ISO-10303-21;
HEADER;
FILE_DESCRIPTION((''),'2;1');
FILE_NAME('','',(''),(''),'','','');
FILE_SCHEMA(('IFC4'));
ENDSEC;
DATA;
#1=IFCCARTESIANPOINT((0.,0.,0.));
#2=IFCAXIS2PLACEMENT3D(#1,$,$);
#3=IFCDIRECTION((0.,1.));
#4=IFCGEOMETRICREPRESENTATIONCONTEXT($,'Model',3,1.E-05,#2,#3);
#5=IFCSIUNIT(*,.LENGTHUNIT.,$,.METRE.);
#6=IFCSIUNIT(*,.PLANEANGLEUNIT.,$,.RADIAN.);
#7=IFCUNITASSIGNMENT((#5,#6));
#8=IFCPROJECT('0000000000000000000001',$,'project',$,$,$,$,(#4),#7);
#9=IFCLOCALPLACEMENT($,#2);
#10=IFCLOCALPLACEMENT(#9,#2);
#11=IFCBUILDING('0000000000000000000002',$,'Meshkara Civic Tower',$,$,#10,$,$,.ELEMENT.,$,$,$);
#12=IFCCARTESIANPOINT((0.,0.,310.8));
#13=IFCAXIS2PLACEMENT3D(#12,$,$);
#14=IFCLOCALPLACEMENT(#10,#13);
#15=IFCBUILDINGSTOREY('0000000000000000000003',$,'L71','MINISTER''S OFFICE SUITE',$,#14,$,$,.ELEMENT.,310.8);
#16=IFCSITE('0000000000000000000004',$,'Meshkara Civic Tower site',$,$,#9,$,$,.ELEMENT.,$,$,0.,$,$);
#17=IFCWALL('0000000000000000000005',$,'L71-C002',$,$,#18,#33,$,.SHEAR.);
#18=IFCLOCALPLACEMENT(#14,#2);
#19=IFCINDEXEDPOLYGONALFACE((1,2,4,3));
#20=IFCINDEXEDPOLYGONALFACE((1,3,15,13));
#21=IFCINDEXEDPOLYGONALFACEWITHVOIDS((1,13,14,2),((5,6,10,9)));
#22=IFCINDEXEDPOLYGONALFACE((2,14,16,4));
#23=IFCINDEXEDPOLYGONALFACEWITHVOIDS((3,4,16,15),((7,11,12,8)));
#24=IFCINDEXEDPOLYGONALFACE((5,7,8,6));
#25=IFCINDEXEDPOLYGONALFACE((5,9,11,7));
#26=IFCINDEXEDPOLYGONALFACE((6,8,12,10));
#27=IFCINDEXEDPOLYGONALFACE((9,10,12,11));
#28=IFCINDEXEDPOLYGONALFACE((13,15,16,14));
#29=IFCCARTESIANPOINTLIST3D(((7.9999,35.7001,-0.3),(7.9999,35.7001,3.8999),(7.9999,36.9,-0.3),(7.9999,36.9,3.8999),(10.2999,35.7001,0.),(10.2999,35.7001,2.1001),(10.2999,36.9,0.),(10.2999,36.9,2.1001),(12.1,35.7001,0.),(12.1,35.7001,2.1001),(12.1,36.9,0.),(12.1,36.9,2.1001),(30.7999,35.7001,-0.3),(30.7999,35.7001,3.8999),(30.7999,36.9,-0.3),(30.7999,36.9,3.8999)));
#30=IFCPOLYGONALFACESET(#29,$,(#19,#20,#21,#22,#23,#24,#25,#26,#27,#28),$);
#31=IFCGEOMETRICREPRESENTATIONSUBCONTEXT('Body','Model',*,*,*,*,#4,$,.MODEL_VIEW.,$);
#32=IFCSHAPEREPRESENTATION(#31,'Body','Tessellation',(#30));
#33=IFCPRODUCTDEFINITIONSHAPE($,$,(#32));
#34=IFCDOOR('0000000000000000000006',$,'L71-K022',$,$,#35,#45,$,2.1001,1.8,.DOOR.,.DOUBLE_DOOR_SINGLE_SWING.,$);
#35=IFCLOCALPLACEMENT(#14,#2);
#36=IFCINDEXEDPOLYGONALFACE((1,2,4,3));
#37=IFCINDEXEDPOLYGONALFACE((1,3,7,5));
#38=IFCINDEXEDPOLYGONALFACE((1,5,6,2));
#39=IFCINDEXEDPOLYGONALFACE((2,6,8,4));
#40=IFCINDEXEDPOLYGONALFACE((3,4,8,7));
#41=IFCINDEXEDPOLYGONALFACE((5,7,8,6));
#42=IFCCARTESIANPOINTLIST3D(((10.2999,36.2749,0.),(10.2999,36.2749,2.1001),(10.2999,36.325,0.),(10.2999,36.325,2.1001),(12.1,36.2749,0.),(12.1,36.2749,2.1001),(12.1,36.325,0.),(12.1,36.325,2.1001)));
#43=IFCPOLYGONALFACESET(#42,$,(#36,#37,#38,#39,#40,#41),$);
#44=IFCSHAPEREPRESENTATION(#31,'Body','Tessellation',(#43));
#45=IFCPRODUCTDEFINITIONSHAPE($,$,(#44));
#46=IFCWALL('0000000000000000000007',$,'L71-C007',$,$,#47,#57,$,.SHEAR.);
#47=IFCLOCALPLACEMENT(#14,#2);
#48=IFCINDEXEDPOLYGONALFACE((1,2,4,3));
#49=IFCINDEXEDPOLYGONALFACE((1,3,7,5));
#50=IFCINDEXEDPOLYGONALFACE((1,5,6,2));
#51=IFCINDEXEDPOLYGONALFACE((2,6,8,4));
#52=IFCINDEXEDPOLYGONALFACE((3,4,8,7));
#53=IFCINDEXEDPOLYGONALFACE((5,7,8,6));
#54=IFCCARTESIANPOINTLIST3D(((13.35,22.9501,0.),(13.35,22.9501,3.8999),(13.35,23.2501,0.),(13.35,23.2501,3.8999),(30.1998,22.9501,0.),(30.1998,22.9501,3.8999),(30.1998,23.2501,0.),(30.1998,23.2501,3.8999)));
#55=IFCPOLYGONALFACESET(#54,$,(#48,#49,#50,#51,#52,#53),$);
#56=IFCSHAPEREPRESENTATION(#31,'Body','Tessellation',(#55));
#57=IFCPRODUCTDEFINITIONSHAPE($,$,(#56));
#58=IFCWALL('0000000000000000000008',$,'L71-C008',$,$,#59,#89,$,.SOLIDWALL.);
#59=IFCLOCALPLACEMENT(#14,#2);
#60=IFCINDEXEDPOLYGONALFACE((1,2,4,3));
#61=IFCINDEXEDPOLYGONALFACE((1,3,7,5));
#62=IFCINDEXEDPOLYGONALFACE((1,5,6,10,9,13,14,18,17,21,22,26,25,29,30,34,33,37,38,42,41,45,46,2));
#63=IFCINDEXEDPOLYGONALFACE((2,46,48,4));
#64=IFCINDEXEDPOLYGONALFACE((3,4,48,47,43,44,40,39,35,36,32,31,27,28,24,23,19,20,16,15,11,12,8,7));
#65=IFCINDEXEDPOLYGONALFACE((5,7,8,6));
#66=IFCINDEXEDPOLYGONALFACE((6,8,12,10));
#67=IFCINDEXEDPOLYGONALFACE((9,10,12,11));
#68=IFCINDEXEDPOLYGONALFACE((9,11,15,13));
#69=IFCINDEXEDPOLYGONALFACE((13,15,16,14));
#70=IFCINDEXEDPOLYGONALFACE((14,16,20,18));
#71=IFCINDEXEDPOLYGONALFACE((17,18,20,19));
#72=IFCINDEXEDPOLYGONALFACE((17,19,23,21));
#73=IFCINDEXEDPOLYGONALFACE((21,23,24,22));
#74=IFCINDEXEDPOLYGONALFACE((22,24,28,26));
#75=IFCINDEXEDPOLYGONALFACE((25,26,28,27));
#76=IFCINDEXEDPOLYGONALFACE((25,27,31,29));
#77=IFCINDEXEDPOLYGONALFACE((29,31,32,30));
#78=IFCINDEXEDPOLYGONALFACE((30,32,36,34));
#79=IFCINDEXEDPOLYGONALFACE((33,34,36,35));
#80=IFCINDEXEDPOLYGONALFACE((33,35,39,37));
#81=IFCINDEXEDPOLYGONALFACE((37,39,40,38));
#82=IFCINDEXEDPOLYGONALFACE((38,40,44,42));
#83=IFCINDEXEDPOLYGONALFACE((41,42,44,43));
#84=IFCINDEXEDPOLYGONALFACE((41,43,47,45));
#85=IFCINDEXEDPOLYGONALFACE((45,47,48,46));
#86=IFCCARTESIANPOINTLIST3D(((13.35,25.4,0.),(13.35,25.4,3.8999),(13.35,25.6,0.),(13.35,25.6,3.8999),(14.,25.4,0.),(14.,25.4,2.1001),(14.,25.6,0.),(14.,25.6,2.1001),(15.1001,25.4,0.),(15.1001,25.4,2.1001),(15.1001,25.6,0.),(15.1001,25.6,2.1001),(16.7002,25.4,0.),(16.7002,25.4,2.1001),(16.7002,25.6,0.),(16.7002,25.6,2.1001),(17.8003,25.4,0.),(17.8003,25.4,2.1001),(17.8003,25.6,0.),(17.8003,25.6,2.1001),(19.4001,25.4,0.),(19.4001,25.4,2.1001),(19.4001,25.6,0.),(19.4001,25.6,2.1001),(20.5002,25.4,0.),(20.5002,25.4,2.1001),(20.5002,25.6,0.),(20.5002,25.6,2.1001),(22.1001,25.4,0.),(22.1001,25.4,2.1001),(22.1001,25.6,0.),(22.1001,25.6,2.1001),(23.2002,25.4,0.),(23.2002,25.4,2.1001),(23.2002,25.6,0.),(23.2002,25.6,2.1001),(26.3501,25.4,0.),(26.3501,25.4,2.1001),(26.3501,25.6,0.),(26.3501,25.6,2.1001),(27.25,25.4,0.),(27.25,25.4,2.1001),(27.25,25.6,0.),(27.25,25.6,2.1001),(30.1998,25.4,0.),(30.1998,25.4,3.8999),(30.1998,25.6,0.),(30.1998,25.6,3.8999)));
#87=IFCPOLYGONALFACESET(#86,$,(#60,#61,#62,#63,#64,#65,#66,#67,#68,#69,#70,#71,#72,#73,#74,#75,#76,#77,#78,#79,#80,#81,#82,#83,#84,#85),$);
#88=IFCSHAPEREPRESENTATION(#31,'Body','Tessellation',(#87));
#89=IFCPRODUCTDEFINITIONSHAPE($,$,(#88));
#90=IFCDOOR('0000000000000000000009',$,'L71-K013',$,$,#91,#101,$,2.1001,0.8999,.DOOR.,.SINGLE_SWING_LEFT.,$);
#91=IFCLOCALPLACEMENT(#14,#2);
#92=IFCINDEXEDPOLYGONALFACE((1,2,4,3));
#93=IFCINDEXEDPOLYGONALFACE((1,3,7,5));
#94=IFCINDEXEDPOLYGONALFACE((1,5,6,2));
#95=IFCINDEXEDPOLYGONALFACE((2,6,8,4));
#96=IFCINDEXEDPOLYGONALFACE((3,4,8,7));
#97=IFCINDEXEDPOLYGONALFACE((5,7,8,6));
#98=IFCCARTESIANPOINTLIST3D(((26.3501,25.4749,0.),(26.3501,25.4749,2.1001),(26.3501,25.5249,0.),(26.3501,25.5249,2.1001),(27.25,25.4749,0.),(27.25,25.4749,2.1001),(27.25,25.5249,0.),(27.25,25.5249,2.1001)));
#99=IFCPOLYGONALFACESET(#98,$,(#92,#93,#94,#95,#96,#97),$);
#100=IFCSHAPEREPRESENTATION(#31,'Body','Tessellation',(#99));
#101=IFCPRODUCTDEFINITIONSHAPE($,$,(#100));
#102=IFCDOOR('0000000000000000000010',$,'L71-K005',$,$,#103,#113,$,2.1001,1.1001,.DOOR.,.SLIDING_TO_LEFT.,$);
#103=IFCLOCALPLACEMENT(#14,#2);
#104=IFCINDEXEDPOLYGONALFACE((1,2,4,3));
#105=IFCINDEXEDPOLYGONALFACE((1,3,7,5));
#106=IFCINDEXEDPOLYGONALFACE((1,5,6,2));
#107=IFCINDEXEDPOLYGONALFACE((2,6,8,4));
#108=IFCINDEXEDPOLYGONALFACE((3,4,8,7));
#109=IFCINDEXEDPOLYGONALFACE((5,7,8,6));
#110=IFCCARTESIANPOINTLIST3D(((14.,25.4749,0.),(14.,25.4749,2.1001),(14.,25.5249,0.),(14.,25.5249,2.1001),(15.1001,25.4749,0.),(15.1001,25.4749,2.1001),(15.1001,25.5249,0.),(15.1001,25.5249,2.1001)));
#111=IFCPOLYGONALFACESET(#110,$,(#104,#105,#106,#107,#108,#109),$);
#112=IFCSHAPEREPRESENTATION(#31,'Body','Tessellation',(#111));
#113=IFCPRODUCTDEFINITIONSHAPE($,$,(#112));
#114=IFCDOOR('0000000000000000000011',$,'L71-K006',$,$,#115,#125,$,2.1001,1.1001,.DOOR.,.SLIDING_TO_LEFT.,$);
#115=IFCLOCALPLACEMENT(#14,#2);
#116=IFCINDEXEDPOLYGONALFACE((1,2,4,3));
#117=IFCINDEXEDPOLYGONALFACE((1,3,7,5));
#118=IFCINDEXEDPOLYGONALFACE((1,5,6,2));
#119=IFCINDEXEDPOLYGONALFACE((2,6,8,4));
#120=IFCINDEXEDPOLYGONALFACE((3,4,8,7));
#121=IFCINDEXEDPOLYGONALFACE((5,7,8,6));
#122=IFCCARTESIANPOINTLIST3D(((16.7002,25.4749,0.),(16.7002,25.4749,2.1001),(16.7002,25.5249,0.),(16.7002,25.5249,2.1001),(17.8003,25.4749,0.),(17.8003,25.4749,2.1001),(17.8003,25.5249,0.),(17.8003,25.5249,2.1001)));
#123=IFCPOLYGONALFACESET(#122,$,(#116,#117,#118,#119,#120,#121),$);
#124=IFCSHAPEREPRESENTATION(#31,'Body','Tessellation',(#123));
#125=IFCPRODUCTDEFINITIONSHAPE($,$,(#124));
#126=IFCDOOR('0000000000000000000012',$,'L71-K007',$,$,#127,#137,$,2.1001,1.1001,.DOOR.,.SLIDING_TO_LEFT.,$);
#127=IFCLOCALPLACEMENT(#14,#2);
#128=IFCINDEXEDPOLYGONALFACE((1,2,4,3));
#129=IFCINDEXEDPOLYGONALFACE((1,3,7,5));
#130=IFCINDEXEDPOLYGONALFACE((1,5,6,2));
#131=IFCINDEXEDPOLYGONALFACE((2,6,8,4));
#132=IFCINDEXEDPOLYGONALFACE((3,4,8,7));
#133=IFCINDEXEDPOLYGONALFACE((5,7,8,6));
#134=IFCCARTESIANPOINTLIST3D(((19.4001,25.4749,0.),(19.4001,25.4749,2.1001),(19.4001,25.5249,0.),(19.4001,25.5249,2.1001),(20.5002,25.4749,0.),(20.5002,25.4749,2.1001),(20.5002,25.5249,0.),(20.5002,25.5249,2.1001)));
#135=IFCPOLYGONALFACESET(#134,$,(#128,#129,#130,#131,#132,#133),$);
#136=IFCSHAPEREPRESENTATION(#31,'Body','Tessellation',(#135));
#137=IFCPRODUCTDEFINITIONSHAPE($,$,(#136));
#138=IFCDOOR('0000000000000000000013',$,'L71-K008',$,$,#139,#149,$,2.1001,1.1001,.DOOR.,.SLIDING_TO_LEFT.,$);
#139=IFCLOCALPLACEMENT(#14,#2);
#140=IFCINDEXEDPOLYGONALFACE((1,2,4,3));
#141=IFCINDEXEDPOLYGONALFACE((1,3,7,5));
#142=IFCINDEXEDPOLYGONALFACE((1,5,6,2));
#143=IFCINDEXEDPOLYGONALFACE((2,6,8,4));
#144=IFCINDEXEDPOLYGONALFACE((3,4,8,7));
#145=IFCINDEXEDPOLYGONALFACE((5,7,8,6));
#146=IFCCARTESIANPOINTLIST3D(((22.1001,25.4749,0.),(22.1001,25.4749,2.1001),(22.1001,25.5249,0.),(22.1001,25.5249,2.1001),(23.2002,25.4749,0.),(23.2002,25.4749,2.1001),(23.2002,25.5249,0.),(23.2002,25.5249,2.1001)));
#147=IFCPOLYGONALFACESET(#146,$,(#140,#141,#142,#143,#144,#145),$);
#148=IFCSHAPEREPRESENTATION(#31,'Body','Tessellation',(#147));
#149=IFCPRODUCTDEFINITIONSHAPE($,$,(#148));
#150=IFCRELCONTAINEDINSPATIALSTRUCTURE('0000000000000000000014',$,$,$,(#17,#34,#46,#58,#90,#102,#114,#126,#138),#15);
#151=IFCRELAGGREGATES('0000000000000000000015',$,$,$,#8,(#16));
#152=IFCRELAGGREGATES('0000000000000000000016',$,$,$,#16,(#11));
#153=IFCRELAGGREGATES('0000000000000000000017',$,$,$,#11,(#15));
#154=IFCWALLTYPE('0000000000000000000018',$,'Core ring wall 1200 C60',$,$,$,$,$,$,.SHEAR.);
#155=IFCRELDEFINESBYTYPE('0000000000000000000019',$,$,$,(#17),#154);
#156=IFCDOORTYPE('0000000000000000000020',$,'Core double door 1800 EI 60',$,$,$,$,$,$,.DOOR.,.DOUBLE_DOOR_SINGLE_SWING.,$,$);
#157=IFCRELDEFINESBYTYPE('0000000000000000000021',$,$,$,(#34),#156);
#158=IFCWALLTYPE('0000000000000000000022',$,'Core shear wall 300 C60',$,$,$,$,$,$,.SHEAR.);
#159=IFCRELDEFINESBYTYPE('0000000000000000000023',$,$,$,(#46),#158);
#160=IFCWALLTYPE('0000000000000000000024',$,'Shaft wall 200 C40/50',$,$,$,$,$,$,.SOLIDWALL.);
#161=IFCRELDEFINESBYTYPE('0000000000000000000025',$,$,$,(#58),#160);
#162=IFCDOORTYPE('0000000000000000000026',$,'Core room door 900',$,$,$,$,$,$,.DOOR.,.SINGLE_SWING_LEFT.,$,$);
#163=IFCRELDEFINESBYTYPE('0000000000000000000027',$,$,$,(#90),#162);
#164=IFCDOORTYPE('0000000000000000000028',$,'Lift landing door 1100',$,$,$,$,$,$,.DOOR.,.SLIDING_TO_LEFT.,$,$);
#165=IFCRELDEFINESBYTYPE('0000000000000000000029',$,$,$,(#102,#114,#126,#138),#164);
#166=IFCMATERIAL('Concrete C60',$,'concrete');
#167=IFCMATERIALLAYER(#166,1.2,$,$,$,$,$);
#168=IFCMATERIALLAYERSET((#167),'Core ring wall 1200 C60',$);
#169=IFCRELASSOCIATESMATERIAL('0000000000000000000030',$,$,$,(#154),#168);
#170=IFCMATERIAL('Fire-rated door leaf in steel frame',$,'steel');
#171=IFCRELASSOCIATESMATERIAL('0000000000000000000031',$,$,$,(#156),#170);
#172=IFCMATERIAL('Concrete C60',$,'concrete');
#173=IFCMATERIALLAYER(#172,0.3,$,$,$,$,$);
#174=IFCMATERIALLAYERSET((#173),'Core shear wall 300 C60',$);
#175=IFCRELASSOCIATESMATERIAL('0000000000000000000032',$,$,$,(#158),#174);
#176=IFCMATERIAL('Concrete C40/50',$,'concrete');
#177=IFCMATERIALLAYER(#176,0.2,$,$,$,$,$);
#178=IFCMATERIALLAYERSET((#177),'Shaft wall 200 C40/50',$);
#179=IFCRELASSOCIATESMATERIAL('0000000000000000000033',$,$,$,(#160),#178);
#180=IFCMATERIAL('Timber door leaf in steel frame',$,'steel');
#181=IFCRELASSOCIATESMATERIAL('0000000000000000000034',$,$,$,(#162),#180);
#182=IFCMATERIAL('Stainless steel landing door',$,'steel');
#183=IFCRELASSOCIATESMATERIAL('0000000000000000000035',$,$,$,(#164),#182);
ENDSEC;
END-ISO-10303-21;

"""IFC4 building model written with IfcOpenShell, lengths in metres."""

from ifc_helpers import new_model, si_unit, direction, frame, frame_2d, origin, place, context, subcontext, project, spatial, rectangle, extrude, material, layer, layer_set, type_object, element, fill, save


model = new_model("IFC4")

# Units and contexts
model_context = context("Model", 3, precision=1e-05, world=origin(), true_north=direction((0.0, 1.0)))
body_context = subcontext(model_context, "Body", "Model", "MODEL_VIEW")
ifc_project = project(units=[si_unit("LENGTHUNIT", "METRE"), si_unit("PLANEANGLEUNIT", "RADIAN")], contexts=[model_context])

# Site, building, storey
site_placement = place(None, origin())
site = spatial("IfcSite", under=ifc_project, at=site_placement, Name="Meshkara Civic Tower site", CompositionType="ELEMENT", RefElevation=0.0)
building_placement = place(site_placement, origin())
building = spatial("IfcBuilding", under=site, at=building_placement, Name="Meshkara Civic Tower", CompositionType="ELEMENT")
storey_placement = place(building_placement, frame((0.0, 0.0, 310.8)))
storey = spatial("IfcBuildingStorey", under=building, at=storey_placement, Name="L71", Description="MINISTER'S OFFICE SUITE", CompositionType="ELEMENT", Elevation=310.8)

# Wall, opening, door
ifc_material_1 = material(Name="Concrete C60", Category="concrete")
ifc_layer_1 = layer(ifc_material_1, 1.2)
ifc_layer_set_1 = layer_set([ifc_layer_1], Name="Core ring wall 1200 C60")
wall_type_1 = type_object("IfcWallType", Name="Core ring wall 1200 C60", PredefinedType="SHEAR", material=ifc_layer_set_1)
wall_1_placement = place(storey_placement, frame((8.0, 36.3, -0.3), z_axis=(0.0, 0.0, 1.0), x_axis=(1.0, 0.0, 0.0)))
wall_1 = element("IfcWall", 1, at=wall_1_placement, inside=storey, type_object=wall_type_1, Name="L71-C002", PredefinedType="SHEAR", context=body_context, shape_type="SweptSolid", body=[
    extrude(rectangle(XDim=22.8, YDim=1.2, at=frame_2d((11.3999, 0.0))), origin(), (0.0, 0.0, 1.0), 4.2),
])
opening_1_placement = place(wall_1_placement, frame((2.3, 0.0, 0.3)))
opening_1 = element("IfcOpeningElement", 2, at=opening_1_placement, cuts=wall_1, PredefinedType="OPENING", context=body_context, shape_type="SweptSolid", body=[
    extrude(rectangle(XDim=1.8, YDim=2.1001, at=frame_2d((0.8999, 1.05))), frame((0.0, 0.6099, 0.0), z_axis=(0.0, -1.0, 0.0), x_axis=(1.0, 0.0, 0.0)), (0.0, 0.0, 1.0), 1.22),
])
ifc_material_2 = material(Name="Fire-rated door leaf in steel frame", Category="steel")
door_type_1 = type_object("IfcDoorType", Name="Core double door 1800 EI 60", OperationType="DOUBLE_DOOR_SINGLE_SWING", PredefinedType="DOOR", material=ifc_material_2)
door_1_placement = place(opening_1_placement, origin())
door_1 = element("IfcDoor", 3, at=door_1_placement, inside=storey, type_object=door_type_1, Name="L71-K022", OperationType="DOUBLE_DOOR_SINGLE_SWING", OverallHeight=2.1001, OverallWidth=1.8, PredefinedType="DOOR", context=body_context, shape_type="SweptSolid", body=[
    extrude(rectangle(XDim=1.8, YDim=2.1001, at=frame_2d((0.8999, 1.05))), frame((0.0, 0.0249, 0.0), z_axis=(0.0, -1.0, 0.0), x_axis=(1.0, 0.0, 0.0)), (0.0, 0.0, 1.0), 0.05),
])
fill(opening_1, door_1)

# Wall
ifc_material_3 = material(Name="Concrete C60", Category="concrete")
ifc_layer_2 = layer(ifc_material_3, 0.3)
ifc_layer_set_2 = layer_set([ifc_layer_2], Name="Core shear wall 300 C60")
wall_type_2 = type_object("IfcWallType", Name="Core shear wall 300 C60", PredefinedType="SHEAR", material=ifc_layer_set_2)
wall_2_placement = place(storey_placement, frame((13.3501, 23.1001, 0.0), z_axis=(0.0, 0.0, 1.0), x_axis=(1.0, 0.0, 0.0)))
element("IfcWall", 4, at=wall_2_placement, inside=storey, type_object=wall_type_2, Name="L71-C007", PredefinedType="SHEAR", context=body_context, shape_type="SweptSolid", body=[
    extrude(rectangle(XDim=16.8499, YDim=0.3, at=frame_2d((8.4248, 0.0))), origin(), (0.0, 0.0, 1.0), 3.8999),
])

# Wall, openings, doors
ifc_material_4 = material(Name="Concrete C40/50", Category="concrete")
ifc_layer_3 = layer(ifc_material_4, 0.2)
ifc_layer_set_3 = layer_set([ifc_layer_3], Name="Shaft wall 200 C40/50")
wall_type_3 = type_object("IfcWallType", Name="Shaft wall 200 C40/50", PredefinedType="SOLIDWALL", material=ifc_layer_set_3)
wall_3_placement = place(storey_placement, frame((13.3501, 25.5, 0.0), z_axis=(0.0, 0.0, 1.0), x_axis=(1.0, 0.0, 0.0)))
wall_3 = element("IfcWall", 5, at=wall_3_placement, inside=storey, type_object=wall_type_3, Name="L71-C008", PredefinedType="SOLIDWALL", context=body_context, shape_type="SweptSolid", body=[
    extrude(rectangle(XDim=16.8499, YDim=0.2, at=frame_2d((8.4248, 0.0))), origin(), (0.0, 0.0, 1.0), 3.8999),
])
opening_2_placement = place(wall_3_placement, frame((0.6499, 0.0, 0.0)))
opening_2 = element("IfcOpeningElement", 6, at=opening_2_placement, cuts=wall_3, PredefinedType="OPENING", context=body_context, shape_type="SweptSolid", body=[
    extrude(rectangle(XDim=1.1001, YDim=2.1001, at=frame_2d((0.55, 1.05))), frame((0.0, 0.1099, 0.0), z_axis=(0.0, -1.0, 0.0), x_axis=(1.0, 0.0, 0.0)), (0.0, 0.0, 1.0), 0.22),
])
opening_3_placement = place(wall_3_placement, frame((3.3501, 0.0, 0.0)))
opening_3 = element("IfcOpeningElement", 7, at=opening_3_placement, cuts=wall_3, PredefinedType="OPENING", context=body_context, shape_type="SweptSolid", body=[
    extrude(rectangle(XDim=1.1001, YDim=2.1001, at=frame_2d((0.55, 1.05))), frame((0.0, 0.1099, 0.0), z_axis=(0.0, -1.0, 0.0), x_axis=(1.0, 0.0, 0.0)), (0.0, 0.0, 1.0), 0.22),
])
opening_4_placement = place(wall_3_placement, frame((6.05, 0.0, 0.0)))
opening_4 = element("IfcOpeningElement", 8, at=opening_4_placement, cuts=wall_3, PredefinedType="OPENING", context=body_context, shape_type="SweptSolid", body=[
    extrude(rectangle(XDim=1.1001, YDim=2.1001, at=frame_2d((0.55, 1.05))), frame((0.0, 0.1099, 0.0), z_axis=(0.0, -1.0, 0.0), x_axis=(1.0, 0.0, 0.0)), (0.0, 0.0, 1.0), 0.22),
])
opening_5_placement = place(wall_3_placement, frame((8.75, 0.0, 0.0)))
opening_5 = element("IfcOpeningElement", 9, at=opening_5_placement, cuts=wall_3, PredefinedType="OPENING", context=body_context, shape_type="SweptSolid", body=[
    extrude(rectangle(XDim=1.1001, YDim=2.1001, at=frame_2d((0.55, 1.05))), frame((0.0, 0.1099, 0.0), z_axis=(0.0, -1.0, 0.0), x_axis=(1.0, 0.0, 0.0)), (0.0, 0.0, 1.0), 0.22),
])
opening_6_placement = place(wall_3_placement, frame((13.0, 0.0, 0.0)))
opening_6 = element("IfcOpeningElement", 10, at=opening_6_placement, cuts=wall_3, PredefinedType="OPENING", context=body_context, shape_type="SweptSolid", body=[
    extrude(rectangle(XDim=0.8999, YDim=2.1001, at=frame_2d((0.45, 1.05))), frame((0.0, 0.1099, 0.0), z_axis=(0.0, -1.0, 0.0), x_axis=(1.0, 0.0, 0.0)), (0.0, 0.0, 1.0), 0.22),
])
ifc_material_5 = material(Name="Timber door leaf in steel frame", Category="steel")
door_type_2 = type_object("IfcDoorType", Name="Core room door 900", OperationType="SINGLE_SWING_LEFT", PredefinedType="DOOR", material=ifc_material_5)
door_2_placement = place(opening_6_placement, origin())
door_2 = element("IfcDoor", 11, at=door_2_placement, inside=storey, type_object=door_type_2, Name="L71-K013", OperationType="SINGLE_SWING_LEFT", OverallHeight=2.1001, OverallWidth=0.8999, PredefinedType="DOOR", context=body_context, shape_type="SweptSolid", body=[
    extrude(rectangle(XDim=0.8999, YDim=2.1001, at=frame_2d((0.45, 1.05))), frame((0.0, 0.0249, 0.0), z_axis=(0.0, -1.0, 0.0), x_axis=(1.0, 0.0, 0.0)), (0.0, 0.0, 1.0), 0.05),
])
fill(opening_6, door_2)
ifc_material_6 = material(Name="Stainless steel landing door", Category="steel")
door_type_3 = type_object("IfcDoorType", Name="Lift landing door 1100", OperationType="SLIDING_TO_LEFT", PredefinedType="DOOR", material=ifc_material_6)
door_3_placement = place(opening_2_placement, origin())
door_3 = element("IfcDoor", 12, at=door_3_placement, inside=storey, type_object=door_type_3, Name="L71-K005", OperationType="SLIDING_TO_LEFT", OverallHeight=2.1001, OverallWidth=1.1001, PredefinedType="DOOR", context=body_context, shape_type="SweptSolid", body=[
    extrude(rectangle(XDim=1.1001, YDim=2.1001, at=frame_2d((0.55, 1.05))), frame((0.0, 0.0249, 0.0), z_axis=(0.0, -1.0, 0.0), x_axis=(1.0, 0.0, 0.0)), (0.0, 0.0, 1.0), 0.05),
])
fill(opening_2, door_3)
door_4_placement = place(opening_3_placement, origin())
door_4 = element("IfcDoor", 13, at=door_4_placement, inside=storey, type_object=door_type_3, Name="L71-K006", OperationType="SLIDING_TO_LEFT", OverallHeight=2.1001, OverallWidth=1.1001, PredefinedType="DOOR", context=body_context, shape_type="SweptSolid", body=[
    extrude(rectangle(XDim=1.1001, YDim=2.1001, at=frame_2d((0.55, 1.05))), frame((0.0, 0.0249, 0.0), z_axis=(0.0, -1.0, 0.0), x_axis=(1.0, 0.0, 0.0)), (0.0, 0.0, 1.0), 0.05),
])
fill(opening_3, door_4)
door_5_placement = place(opening_4_placement, origin())
door_5 = element("IfcDoor", 14, at=door_5_placement, inside=storey, type_object=door_type_3, Name="L71-K007", OperationType="SLIDING_TO_LEFT", OverallHeight=2.1001, OverallWidth=1.1001, PredefinedType="DOOR", context=body_context, shape_type="SweptSolid", body=[
    extrude(rectangle(XDim=1.1001, YDim=2.1001, at=frame_2d((0.55, 1.05))), frame((0.0, 0.0249, 0.0), z_axis=(0.0, -1.0, 0.0), x_axis=(1.0, 0.0, 0.0)), (0.0, 0.0, 1.0), 0.05),
])
fill(opening_4, door_5)
door_6_placement = place(opening_5_placement, origin())
door_6 = element("IfcDoor", 15, at=door_6_placement, inside=storey, type_object=door_type_3, Name="L71-K008", OperationType="SLIDING_TO_LEFT", OverallHeight=2.1001, OverallWidth=1.1001, PredefinedType="DOOR", context=body_context, shape_type="SweptSolid", body=[
    extrude(rectangle(XDim=1.1001, YDim=2.1001, at=frame_2d((0.55, 1.05))), frame((0.0, 0.0249, 0.0), z_axis=(0.0, -1.0, 0.0), x_axis=(1.0, 0.0, 0.0)), (0.0, 0.0, 1.0), 0.05),
])
fill(opening_5, door_6)

save(model, "model.ifc")
